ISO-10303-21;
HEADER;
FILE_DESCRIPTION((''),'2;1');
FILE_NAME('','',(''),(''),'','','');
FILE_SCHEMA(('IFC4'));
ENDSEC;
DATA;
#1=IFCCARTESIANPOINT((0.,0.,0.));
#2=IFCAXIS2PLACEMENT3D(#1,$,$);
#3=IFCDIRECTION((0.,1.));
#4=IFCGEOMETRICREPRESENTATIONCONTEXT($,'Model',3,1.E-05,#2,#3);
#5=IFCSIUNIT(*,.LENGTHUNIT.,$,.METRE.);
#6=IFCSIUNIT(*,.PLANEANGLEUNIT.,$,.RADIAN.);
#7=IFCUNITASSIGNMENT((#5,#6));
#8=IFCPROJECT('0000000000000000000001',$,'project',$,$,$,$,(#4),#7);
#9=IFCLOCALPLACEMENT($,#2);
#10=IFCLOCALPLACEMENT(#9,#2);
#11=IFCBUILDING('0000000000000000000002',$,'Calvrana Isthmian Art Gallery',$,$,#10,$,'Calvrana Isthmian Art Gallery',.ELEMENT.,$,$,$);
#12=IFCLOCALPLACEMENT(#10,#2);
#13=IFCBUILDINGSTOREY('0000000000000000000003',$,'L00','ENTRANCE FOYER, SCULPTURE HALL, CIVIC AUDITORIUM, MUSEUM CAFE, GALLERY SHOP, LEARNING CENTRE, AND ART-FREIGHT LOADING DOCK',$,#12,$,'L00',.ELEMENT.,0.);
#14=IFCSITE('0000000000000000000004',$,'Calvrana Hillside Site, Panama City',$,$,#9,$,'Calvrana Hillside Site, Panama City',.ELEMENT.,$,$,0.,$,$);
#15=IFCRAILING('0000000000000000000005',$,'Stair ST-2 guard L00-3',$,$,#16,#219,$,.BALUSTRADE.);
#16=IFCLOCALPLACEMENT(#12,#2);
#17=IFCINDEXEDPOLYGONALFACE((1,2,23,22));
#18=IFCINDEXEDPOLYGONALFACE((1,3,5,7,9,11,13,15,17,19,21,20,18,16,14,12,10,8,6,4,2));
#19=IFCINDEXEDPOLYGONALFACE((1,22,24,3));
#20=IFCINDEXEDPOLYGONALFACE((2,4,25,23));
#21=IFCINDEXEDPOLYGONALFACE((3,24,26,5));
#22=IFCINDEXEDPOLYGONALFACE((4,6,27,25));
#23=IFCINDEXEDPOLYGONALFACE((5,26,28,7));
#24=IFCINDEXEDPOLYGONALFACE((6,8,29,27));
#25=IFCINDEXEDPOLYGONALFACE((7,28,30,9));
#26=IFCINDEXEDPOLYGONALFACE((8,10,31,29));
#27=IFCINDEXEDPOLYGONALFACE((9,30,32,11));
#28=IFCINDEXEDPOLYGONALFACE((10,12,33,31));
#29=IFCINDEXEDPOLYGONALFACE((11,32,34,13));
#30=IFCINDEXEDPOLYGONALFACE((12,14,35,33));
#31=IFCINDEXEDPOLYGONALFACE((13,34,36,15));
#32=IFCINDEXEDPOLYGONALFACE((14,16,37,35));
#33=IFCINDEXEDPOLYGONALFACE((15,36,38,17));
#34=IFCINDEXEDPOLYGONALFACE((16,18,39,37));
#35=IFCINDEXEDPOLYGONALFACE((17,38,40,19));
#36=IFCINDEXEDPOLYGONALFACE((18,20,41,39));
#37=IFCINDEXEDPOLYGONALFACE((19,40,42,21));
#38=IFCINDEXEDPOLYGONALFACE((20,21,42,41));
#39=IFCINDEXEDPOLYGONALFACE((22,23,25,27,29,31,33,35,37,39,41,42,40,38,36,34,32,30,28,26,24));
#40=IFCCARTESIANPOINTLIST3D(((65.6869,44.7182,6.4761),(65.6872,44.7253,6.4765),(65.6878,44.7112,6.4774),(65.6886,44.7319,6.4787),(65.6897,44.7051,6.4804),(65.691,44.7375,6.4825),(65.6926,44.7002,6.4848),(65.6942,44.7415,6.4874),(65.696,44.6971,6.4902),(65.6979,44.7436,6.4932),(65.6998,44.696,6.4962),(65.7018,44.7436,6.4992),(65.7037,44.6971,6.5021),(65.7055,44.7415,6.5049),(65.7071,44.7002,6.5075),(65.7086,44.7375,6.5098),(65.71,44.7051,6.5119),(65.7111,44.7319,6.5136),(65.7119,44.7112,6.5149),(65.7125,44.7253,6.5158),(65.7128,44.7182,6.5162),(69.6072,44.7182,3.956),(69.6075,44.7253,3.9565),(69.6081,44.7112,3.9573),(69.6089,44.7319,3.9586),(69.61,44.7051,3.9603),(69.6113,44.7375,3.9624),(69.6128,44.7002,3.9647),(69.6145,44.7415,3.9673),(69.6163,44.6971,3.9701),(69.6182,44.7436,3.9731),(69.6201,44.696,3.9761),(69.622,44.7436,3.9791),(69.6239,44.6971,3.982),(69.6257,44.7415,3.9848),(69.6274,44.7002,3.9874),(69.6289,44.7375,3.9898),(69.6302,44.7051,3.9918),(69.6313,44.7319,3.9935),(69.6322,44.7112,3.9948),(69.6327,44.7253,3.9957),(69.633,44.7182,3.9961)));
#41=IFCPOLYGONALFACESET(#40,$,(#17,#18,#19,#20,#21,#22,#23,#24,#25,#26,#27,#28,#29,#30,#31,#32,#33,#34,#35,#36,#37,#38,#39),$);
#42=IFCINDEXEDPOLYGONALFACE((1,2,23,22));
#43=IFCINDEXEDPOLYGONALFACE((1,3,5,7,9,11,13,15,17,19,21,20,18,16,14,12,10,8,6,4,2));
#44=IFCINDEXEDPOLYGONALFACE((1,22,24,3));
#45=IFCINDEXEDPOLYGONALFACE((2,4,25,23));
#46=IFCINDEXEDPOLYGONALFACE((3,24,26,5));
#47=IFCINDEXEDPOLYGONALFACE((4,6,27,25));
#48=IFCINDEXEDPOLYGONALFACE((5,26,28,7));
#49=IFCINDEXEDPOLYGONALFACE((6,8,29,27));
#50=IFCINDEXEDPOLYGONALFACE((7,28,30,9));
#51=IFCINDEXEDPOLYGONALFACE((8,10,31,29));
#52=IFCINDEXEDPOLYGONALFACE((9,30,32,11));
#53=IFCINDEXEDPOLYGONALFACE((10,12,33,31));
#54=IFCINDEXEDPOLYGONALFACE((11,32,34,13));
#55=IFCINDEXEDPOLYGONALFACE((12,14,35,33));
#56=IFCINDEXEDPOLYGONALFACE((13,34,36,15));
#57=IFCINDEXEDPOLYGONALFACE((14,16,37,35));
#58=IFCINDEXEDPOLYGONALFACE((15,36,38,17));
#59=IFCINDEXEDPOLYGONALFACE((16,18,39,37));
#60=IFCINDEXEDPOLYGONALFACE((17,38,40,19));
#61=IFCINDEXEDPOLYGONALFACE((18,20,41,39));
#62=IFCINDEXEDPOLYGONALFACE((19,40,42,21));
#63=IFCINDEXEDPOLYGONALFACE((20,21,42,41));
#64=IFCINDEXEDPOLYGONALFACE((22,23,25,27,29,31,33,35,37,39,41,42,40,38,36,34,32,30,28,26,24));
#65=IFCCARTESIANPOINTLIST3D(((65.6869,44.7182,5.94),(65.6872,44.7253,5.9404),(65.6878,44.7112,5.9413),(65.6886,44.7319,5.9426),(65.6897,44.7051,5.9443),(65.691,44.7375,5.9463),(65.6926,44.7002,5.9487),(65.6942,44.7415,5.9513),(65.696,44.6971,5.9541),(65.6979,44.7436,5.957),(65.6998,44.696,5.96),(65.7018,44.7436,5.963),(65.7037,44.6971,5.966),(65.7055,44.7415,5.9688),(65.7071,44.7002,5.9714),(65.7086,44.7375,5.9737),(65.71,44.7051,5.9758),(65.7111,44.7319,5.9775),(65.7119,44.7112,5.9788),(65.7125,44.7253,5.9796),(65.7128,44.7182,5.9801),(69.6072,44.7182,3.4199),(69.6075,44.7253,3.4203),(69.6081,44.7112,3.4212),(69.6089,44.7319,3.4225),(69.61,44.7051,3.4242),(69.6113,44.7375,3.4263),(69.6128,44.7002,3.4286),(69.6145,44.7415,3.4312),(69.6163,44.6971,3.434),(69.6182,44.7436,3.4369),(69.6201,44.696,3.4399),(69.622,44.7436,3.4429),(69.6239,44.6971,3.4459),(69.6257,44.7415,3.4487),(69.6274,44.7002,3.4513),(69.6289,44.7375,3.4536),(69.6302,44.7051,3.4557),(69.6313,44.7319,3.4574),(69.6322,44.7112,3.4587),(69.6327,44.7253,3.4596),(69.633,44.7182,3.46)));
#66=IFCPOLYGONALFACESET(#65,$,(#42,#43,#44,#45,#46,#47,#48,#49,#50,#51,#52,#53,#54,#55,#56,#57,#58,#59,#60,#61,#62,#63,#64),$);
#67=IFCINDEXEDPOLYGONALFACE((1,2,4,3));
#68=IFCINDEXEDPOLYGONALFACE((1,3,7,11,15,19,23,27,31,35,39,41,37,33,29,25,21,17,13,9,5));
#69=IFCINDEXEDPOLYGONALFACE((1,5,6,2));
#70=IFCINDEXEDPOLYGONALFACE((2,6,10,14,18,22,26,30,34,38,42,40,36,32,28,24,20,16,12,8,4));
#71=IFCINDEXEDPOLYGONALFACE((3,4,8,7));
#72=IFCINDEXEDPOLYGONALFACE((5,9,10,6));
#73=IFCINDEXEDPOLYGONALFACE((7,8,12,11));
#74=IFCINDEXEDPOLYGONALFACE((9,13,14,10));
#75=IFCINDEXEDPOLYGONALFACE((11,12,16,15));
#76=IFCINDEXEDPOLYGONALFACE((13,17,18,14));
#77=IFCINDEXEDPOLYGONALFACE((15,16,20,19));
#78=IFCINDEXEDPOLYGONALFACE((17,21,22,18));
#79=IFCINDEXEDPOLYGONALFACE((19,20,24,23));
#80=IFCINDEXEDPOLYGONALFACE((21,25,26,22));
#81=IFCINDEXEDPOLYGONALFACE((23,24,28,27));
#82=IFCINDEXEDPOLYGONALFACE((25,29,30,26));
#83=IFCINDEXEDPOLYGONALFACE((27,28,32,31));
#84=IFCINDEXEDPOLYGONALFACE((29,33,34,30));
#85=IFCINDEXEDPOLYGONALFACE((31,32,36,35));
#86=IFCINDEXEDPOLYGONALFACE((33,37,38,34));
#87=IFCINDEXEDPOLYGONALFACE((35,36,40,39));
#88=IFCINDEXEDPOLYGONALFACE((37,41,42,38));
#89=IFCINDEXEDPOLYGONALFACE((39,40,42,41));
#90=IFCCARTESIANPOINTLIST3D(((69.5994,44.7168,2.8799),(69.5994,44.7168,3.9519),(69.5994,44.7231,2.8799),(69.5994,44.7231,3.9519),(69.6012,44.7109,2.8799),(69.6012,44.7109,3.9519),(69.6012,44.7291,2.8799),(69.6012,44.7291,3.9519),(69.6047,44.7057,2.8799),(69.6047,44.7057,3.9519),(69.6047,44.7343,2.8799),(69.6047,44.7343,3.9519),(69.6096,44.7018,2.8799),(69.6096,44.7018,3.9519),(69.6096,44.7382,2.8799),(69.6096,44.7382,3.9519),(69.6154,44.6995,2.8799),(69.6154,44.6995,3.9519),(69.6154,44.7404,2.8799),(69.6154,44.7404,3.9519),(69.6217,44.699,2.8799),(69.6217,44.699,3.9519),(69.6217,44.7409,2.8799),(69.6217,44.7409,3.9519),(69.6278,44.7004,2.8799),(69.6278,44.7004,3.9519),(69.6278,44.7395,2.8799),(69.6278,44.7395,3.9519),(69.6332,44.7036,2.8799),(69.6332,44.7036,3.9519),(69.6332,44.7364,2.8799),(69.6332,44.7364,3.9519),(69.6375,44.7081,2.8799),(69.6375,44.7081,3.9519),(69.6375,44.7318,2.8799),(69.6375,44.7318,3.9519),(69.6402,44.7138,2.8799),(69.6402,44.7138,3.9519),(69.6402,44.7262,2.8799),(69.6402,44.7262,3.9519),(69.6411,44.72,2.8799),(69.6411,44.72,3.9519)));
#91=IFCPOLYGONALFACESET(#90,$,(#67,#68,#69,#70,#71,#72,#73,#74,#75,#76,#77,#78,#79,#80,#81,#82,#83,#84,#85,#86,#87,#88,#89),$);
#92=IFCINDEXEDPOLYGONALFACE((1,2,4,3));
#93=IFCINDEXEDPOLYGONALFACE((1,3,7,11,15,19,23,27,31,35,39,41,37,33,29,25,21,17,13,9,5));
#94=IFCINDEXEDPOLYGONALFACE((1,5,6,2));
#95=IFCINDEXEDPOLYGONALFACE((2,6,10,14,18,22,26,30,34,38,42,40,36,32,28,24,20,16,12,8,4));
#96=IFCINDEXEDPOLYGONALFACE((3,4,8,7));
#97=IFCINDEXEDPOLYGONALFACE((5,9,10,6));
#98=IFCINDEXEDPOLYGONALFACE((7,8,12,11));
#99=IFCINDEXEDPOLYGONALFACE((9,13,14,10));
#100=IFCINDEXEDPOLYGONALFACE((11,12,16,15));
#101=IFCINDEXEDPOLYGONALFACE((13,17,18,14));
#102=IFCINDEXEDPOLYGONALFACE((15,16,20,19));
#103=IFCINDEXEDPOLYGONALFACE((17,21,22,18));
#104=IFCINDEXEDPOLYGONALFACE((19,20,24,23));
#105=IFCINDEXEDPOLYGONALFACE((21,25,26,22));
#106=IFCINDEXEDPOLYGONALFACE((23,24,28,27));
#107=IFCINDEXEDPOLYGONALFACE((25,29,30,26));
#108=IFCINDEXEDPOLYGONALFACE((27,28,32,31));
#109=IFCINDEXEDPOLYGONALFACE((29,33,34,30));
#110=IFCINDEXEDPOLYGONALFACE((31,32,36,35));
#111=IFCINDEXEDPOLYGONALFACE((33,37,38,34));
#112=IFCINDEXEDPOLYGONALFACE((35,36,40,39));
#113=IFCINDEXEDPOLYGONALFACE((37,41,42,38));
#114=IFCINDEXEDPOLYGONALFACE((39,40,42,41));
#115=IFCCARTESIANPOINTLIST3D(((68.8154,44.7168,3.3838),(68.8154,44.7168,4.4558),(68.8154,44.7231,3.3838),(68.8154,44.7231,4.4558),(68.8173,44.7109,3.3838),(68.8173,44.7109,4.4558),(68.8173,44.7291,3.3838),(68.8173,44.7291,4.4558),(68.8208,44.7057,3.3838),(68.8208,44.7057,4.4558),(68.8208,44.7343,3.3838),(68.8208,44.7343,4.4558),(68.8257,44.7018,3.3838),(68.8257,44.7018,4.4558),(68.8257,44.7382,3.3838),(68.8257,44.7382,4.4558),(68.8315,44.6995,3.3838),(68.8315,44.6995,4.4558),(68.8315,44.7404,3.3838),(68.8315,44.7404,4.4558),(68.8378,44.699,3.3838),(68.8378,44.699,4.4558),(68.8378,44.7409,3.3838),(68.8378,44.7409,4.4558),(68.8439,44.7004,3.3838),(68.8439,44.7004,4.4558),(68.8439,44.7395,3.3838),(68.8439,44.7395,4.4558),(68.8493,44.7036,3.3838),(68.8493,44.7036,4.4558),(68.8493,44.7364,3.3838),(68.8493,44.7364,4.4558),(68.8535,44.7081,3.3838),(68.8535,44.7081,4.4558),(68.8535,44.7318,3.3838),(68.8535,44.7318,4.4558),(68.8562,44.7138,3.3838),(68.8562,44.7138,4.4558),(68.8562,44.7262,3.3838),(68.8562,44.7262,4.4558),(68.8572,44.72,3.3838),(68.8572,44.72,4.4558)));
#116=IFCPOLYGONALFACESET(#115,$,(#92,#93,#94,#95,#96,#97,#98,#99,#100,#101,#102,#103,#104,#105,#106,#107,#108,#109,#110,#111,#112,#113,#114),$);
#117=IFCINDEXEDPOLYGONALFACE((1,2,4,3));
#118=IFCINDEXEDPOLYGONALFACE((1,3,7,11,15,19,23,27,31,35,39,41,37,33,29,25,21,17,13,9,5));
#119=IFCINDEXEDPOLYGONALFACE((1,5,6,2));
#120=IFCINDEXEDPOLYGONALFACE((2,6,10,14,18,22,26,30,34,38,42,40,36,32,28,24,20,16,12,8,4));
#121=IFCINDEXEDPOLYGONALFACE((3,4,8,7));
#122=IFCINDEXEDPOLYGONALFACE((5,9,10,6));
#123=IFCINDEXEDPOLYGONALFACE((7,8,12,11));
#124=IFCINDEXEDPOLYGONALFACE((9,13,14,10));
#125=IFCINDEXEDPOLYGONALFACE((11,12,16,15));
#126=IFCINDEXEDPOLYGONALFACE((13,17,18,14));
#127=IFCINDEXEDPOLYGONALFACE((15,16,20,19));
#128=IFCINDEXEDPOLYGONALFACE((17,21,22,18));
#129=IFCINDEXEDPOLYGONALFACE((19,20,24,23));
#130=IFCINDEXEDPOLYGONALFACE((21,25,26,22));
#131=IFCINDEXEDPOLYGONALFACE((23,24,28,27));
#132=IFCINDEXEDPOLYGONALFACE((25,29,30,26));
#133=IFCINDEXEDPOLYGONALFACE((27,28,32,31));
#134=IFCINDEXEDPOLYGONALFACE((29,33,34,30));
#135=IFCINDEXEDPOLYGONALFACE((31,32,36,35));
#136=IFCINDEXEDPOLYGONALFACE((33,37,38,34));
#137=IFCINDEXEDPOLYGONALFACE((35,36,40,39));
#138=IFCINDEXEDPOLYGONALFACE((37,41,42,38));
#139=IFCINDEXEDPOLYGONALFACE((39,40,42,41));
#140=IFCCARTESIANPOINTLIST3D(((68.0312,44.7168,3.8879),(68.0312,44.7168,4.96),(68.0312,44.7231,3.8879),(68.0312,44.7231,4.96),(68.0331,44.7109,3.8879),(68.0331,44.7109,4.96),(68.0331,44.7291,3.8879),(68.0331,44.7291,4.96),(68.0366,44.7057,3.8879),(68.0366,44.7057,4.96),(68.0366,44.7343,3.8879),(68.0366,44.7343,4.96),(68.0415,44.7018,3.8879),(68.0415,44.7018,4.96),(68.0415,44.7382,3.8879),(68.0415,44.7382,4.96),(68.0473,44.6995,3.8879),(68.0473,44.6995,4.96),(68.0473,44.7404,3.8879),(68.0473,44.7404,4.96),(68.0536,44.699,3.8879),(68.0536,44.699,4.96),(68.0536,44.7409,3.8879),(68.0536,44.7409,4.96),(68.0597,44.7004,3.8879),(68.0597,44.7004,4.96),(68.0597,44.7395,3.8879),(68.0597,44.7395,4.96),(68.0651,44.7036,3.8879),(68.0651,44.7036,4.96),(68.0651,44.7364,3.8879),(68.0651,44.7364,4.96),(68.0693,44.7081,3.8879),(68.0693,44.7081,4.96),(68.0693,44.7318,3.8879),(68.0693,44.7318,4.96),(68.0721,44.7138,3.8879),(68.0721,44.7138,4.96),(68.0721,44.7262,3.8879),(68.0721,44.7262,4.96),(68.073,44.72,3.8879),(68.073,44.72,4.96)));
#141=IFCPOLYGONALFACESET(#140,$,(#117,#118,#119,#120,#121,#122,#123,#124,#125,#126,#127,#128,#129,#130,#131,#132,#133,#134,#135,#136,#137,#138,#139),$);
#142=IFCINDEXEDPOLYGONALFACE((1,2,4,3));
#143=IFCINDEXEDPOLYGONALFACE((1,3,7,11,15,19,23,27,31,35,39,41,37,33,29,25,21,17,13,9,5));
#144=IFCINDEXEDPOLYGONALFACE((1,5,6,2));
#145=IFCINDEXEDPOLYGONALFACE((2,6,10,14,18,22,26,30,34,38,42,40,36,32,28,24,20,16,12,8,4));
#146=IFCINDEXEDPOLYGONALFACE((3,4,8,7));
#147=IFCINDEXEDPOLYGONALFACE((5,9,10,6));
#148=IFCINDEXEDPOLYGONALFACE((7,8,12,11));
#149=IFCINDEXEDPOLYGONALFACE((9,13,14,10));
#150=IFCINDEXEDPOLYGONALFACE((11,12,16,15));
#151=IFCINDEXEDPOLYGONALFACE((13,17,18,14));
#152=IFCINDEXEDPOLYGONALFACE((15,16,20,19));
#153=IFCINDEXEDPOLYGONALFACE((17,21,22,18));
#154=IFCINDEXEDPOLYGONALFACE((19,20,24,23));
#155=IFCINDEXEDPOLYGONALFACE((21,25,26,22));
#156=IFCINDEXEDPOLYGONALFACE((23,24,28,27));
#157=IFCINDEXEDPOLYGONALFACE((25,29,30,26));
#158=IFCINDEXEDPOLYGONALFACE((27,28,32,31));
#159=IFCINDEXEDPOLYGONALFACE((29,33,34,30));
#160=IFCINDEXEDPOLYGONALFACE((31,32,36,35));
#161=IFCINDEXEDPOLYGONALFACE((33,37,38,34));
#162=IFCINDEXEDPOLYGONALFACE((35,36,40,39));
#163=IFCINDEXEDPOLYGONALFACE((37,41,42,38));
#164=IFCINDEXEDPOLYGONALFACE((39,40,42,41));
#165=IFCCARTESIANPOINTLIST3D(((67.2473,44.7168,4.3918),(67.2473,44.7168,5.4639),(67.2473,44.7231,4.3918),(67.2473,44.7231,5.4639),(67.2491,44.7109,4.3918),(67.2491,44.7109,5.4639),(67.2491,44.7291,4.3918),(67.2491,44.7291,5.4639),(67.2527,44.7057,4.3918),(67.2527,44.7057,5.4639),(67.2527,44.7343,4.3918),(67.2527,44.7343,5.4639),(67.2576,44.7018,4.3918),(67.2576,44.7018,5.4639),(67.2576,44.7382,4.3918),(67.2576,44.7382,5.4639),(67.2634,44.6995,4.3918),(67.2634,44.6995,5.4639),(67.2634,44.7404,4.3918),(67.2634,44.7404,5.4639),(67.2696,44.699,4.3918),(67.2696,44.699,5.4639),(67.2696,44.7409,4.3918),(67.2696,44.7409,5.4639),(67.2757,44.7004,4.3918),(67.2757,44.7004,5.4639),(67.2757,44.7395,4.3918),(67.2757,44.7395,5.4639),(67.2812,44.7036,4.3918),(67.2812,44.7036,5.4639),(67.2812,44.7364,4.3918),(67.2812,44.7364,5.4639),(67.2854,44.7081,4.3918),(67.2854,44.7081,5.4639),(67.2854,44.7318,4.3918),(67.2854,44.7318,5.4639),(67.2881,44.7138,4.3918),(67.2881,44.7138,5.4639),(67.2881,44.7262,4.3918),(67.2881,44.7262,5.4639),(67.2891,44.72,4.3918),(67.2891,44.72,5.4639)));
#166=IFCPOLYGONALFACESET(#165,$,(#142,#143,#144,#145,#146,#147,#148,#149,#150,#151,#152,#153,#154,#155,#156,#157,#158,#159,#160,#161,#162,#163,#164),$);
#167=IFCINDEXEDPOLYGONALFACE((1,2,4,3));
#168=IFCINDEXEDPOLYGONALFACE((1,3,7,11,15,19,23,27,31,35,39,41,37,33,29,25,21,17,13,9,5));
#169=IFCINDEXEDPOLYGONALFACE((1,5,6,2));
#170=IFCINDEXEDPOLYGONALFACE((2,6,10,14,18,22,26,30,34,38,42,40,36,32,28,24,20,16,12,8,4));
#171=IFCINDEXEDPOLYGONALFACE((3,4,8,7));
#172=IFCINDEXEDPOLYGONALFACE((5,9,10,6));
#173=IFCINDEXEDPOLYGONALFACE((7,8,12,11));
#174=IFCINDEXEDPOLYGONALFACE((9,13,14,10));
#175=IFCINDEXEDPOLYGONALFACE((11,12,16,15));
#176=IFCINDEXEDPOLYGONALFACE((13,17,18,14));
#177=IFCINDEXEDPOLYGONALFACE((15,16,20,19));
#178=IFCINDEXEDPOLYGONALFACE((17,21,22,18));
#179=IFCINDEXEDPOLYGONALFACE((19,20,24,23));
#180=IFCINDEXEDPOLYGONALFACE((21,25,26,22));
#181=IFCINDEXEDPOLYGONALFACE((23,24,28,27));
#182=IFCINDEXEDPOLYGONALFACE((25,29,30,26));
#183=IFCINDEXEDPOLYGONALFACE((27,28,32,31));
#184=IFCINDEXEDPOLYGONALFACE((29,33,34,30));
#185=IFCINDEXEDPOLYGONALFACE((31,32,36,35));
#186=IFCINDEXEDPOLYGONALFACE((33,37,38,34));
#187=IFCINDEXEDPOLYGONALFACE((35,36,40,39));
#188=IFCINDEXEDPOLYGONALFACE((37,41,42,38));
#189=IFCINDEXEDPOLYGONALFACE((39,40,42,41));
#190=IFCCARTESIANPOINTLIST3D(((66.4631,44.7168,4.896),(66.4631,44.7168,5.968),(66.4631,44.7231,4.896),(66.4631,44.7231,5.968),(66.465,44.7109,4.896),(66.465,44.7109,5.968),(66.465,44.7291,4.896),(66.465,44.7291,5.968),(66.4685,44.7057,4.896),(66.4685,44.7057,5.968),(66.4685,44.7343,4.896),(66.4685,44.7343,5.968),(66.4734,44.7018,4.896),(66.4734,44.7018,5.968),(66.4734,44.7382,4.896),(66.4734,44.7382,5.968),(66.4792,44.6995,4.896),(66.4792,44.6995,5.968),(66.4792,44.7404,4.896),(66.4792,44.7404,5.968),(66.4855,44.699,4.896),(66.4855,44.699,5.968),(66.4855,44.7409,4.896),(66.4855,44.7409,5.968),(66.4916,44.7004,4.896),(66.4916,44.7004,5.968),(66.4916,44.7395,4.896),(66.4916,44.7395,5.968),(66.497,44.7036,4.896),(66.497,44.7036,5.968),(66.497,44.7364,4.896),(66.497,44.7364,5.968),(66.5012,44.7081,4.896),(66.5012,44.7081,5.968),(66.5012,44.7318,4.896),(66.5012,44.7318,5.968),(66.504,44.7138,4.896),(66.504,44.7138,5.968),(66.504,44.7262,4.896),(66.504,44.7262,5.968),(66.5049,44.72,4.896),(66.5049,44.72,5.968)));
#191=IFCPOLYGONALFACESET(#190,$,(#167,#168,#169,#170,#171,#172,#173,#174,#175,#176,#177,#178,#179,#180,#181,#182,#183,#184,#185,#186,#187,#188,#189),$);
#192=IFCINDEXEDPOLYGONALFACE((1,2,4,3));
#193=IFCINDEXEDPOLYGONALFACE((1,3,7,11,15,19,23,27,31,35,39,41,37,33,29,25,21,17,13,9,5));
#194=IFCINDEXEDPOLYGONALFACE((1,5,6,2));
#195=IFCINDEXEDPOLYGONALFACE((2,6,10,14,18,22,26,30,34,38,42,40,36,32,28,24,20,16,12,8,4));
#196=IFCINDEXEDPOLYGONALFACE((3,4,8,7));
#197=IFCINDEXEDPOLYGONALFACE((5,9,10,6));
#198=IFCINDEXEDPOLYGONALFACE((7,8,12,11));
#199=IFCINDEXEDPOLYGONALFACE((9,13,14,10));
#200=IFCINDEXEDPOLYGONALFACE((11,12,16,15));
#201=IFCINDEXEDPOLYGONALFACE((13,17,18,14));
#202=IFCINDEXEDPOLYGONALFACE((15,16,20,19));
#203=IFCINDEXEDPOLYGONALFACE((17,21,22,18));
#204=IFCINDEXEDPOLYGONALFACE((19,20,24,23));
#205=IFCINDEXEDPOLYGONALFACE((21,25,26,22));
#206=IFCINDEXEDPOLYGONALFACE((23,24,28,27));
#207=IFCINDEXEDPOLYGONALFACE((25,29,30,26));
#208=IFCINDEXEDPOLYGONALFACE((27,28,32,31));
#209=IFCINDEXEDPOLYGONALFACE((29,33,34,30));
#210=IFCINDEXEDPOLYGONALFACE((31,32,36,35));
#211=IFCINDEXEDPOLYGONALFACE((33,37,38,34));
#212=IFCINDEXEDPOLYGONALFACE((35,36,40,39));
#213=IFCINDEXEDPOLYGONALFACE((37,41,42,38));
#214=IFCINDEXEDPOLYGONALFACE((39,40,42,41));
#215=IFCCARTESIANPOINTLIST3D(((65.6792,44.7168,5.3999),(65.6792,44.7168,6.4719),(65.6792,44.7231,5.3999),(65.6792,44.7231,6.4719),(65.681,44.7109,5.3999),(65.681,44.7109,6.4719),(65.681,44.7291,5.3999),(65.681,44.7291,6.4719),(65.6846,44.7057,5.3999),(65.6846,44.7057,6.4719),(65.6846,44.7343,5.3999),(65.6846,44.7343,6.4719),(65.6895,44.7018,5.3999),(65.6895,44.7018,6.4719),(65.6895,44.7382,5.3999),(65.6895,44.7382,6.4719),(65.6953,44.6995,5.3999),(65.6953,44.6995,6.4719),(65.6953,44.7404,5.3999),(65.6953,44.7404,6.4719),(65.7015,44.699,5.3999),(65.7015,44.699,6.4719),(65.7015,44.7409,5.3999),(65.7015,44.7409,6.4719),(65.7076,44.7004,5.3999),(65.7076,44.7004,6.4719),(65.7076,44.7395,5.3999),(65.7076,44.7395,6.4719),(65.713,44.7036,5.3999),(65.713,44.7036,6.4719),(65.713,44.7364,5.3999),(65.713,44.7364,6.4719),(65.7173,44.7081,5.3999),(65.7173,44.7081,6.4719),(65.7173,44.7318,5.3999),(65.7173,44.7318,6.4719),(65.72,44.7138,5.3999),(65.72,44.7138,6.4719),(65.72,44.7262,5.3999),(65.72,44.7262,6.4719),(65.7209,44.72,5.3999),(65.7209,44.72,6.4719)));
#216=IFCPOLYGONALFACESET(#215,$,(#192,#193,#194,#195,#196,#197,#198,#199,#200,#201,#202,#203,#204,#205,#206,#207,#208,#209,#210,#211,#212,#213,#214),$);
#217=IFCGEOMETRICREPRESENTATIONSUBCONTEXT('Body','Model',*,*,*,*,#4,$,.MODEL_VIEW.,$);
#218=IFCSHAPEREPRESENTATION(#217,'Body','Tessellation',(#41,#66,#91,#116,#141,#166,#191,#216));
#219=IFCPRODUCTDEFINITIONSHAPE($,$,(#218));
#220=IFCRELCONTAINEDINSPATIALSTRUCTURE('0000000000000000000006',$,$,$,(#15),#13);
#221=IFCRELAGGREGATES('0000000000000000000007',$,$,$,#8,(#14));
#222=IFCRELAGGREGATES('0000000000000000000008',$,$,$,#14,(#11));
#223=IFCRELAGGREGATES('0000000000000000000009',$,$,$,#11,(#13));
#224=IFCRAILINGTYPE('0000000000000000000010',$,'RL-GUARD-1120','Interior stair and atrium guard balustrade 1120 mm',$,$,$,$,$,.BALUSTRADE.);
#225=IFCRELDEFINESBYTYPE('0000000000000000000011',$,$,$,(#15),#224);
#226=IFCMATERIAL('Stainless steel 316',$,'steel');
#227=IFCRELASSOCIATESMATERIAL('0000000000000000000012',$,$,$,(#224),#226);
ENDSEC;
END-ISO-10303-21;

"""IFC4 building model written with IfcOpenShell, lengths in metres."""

from ifc_helpers import new_model, si_unit, direction, frame, origin, origin_2d, place, context, subcontext, project, spatial, circle, extrude, material, type_object, element, save


model = new_model("IFC4")

# Units and contexts
model_context = context("Model", 3, precision=1e-05, world=origin(), true_north=direction((0.0, 1.0)))
body_context = subcontext(model_context, "Body", "Model", "MODEL_VIEW")
ifc_project = project(units=[si_unit("LENGTHUNIT", "METRE"), si_unit("PLANEANGLEUNIT", "RADIAN")], contexts=[model_context])

# Site, building, storey
site_placement = place(None, origin())
site = spatial("IfcSite", under=ifc_project, at=site_placement, Name="Calvrana Hillside Site, Panama City", LongName="Calvrana Hillside Site, Panama City", CompositionType="ELEMENT", RefElevation=0.0)
building_placement = place(site_placement, origin())
building = spatial("IfcBuilding", under=site, at=building_placement, Name="Calvrana Isthmian Art Gallery", LongName="Calvrana Isthmian Art Gallery", CompositionType="ELEMENT")
storey_placement = place(building_placement, origin())
storey = spatial("IfcBuildingStorey", under=building, at=storey_placement, Name="L00", Description="ENTRANCE FOYER, SCULPTURE HALL, CIVIC AUDITORIUM, MUSEUM CAFE, GALLERY SHOP, LEARNING CENTRE, AND ART-FREIGHT LOADING DOCK", LongName="L00", CompositionType="ELEMENT", Elevation=0.0)

# Shared definitions
ifc_material_1 = material(Name="Stainless steel 316", Category="steel")

# Railing
railing_type_1 = type_object("IfcRailingType", Name="RL-GUARD-1120", Description="Interior stair and atrium guard balustrade 1120 mm", PredefinedType="BALUSTRADE", material=ifc_material_1)
railing_1_placement = place(storey_placement, frame((69.6201, 44.72, 2.8799)))
element("IfcRailing", 1, at=railing_1_placement, inside=storey, type_object=railing_type_1, Name="Stair ST-2 guard L00-3", PredefinedType="BALUSTRADE", context=body_context, shape_type="SweptSolid", body=[
    extrude(circle(Radius=0.0239, at=origin_2d()), frame((0.0, 0.0, 1.0962), z_axis=(-0.841187, 0.0, 0.540744), x_axis=(0.0, -1.0, 0.0)), (0.0, 0.0, 1.0), 4.6604),
    extrude(circle(Radius=0.0239, at=origin_2d()), frame((0.0, 0.0, 0.5601), z_axis=(-0.841187, 0.0, 0.540744), x_axis=(0.0, -1.0, 0.0)), (0.0, 0.0, 1.0), 4.6604),
    extrude(circle(Radius=0.021, at=origin_2d()), origin(), (0.0, 0.0, 1.0), 1.072),
    extrude(circle(Radius=0.021, at=origin_2d()), frame((-0.7839, 0.0, 0.5039)), (0.0, 0.0, 1.0), 1.072),
    extrude(circle(Radius=0.021, at=origin_2d()), frame((-1.5681, 0.0, 1.0081)), (0.0, 0.0, 1.0), 1.072),
    extrude(circle(Radius=0.021, at=origin_2d()), frame((-2.3521, 0.0, 1.512)), (0.0, 0.0, 1.0), 1.072),
    extrude(circle(Radius=0.021, at=origin_2d()), frame((-3.1362, 0.0, 2.0161)), (0.0, 0.0, 1.0), 1.072),
    extrude(circle(Radius=0.021, at=origin_2d()), frame((-3.9202, 0.0, 2.52)), (0.0, 0.0, 1.0), 1.072),
])

save(model, "model.ifc")
